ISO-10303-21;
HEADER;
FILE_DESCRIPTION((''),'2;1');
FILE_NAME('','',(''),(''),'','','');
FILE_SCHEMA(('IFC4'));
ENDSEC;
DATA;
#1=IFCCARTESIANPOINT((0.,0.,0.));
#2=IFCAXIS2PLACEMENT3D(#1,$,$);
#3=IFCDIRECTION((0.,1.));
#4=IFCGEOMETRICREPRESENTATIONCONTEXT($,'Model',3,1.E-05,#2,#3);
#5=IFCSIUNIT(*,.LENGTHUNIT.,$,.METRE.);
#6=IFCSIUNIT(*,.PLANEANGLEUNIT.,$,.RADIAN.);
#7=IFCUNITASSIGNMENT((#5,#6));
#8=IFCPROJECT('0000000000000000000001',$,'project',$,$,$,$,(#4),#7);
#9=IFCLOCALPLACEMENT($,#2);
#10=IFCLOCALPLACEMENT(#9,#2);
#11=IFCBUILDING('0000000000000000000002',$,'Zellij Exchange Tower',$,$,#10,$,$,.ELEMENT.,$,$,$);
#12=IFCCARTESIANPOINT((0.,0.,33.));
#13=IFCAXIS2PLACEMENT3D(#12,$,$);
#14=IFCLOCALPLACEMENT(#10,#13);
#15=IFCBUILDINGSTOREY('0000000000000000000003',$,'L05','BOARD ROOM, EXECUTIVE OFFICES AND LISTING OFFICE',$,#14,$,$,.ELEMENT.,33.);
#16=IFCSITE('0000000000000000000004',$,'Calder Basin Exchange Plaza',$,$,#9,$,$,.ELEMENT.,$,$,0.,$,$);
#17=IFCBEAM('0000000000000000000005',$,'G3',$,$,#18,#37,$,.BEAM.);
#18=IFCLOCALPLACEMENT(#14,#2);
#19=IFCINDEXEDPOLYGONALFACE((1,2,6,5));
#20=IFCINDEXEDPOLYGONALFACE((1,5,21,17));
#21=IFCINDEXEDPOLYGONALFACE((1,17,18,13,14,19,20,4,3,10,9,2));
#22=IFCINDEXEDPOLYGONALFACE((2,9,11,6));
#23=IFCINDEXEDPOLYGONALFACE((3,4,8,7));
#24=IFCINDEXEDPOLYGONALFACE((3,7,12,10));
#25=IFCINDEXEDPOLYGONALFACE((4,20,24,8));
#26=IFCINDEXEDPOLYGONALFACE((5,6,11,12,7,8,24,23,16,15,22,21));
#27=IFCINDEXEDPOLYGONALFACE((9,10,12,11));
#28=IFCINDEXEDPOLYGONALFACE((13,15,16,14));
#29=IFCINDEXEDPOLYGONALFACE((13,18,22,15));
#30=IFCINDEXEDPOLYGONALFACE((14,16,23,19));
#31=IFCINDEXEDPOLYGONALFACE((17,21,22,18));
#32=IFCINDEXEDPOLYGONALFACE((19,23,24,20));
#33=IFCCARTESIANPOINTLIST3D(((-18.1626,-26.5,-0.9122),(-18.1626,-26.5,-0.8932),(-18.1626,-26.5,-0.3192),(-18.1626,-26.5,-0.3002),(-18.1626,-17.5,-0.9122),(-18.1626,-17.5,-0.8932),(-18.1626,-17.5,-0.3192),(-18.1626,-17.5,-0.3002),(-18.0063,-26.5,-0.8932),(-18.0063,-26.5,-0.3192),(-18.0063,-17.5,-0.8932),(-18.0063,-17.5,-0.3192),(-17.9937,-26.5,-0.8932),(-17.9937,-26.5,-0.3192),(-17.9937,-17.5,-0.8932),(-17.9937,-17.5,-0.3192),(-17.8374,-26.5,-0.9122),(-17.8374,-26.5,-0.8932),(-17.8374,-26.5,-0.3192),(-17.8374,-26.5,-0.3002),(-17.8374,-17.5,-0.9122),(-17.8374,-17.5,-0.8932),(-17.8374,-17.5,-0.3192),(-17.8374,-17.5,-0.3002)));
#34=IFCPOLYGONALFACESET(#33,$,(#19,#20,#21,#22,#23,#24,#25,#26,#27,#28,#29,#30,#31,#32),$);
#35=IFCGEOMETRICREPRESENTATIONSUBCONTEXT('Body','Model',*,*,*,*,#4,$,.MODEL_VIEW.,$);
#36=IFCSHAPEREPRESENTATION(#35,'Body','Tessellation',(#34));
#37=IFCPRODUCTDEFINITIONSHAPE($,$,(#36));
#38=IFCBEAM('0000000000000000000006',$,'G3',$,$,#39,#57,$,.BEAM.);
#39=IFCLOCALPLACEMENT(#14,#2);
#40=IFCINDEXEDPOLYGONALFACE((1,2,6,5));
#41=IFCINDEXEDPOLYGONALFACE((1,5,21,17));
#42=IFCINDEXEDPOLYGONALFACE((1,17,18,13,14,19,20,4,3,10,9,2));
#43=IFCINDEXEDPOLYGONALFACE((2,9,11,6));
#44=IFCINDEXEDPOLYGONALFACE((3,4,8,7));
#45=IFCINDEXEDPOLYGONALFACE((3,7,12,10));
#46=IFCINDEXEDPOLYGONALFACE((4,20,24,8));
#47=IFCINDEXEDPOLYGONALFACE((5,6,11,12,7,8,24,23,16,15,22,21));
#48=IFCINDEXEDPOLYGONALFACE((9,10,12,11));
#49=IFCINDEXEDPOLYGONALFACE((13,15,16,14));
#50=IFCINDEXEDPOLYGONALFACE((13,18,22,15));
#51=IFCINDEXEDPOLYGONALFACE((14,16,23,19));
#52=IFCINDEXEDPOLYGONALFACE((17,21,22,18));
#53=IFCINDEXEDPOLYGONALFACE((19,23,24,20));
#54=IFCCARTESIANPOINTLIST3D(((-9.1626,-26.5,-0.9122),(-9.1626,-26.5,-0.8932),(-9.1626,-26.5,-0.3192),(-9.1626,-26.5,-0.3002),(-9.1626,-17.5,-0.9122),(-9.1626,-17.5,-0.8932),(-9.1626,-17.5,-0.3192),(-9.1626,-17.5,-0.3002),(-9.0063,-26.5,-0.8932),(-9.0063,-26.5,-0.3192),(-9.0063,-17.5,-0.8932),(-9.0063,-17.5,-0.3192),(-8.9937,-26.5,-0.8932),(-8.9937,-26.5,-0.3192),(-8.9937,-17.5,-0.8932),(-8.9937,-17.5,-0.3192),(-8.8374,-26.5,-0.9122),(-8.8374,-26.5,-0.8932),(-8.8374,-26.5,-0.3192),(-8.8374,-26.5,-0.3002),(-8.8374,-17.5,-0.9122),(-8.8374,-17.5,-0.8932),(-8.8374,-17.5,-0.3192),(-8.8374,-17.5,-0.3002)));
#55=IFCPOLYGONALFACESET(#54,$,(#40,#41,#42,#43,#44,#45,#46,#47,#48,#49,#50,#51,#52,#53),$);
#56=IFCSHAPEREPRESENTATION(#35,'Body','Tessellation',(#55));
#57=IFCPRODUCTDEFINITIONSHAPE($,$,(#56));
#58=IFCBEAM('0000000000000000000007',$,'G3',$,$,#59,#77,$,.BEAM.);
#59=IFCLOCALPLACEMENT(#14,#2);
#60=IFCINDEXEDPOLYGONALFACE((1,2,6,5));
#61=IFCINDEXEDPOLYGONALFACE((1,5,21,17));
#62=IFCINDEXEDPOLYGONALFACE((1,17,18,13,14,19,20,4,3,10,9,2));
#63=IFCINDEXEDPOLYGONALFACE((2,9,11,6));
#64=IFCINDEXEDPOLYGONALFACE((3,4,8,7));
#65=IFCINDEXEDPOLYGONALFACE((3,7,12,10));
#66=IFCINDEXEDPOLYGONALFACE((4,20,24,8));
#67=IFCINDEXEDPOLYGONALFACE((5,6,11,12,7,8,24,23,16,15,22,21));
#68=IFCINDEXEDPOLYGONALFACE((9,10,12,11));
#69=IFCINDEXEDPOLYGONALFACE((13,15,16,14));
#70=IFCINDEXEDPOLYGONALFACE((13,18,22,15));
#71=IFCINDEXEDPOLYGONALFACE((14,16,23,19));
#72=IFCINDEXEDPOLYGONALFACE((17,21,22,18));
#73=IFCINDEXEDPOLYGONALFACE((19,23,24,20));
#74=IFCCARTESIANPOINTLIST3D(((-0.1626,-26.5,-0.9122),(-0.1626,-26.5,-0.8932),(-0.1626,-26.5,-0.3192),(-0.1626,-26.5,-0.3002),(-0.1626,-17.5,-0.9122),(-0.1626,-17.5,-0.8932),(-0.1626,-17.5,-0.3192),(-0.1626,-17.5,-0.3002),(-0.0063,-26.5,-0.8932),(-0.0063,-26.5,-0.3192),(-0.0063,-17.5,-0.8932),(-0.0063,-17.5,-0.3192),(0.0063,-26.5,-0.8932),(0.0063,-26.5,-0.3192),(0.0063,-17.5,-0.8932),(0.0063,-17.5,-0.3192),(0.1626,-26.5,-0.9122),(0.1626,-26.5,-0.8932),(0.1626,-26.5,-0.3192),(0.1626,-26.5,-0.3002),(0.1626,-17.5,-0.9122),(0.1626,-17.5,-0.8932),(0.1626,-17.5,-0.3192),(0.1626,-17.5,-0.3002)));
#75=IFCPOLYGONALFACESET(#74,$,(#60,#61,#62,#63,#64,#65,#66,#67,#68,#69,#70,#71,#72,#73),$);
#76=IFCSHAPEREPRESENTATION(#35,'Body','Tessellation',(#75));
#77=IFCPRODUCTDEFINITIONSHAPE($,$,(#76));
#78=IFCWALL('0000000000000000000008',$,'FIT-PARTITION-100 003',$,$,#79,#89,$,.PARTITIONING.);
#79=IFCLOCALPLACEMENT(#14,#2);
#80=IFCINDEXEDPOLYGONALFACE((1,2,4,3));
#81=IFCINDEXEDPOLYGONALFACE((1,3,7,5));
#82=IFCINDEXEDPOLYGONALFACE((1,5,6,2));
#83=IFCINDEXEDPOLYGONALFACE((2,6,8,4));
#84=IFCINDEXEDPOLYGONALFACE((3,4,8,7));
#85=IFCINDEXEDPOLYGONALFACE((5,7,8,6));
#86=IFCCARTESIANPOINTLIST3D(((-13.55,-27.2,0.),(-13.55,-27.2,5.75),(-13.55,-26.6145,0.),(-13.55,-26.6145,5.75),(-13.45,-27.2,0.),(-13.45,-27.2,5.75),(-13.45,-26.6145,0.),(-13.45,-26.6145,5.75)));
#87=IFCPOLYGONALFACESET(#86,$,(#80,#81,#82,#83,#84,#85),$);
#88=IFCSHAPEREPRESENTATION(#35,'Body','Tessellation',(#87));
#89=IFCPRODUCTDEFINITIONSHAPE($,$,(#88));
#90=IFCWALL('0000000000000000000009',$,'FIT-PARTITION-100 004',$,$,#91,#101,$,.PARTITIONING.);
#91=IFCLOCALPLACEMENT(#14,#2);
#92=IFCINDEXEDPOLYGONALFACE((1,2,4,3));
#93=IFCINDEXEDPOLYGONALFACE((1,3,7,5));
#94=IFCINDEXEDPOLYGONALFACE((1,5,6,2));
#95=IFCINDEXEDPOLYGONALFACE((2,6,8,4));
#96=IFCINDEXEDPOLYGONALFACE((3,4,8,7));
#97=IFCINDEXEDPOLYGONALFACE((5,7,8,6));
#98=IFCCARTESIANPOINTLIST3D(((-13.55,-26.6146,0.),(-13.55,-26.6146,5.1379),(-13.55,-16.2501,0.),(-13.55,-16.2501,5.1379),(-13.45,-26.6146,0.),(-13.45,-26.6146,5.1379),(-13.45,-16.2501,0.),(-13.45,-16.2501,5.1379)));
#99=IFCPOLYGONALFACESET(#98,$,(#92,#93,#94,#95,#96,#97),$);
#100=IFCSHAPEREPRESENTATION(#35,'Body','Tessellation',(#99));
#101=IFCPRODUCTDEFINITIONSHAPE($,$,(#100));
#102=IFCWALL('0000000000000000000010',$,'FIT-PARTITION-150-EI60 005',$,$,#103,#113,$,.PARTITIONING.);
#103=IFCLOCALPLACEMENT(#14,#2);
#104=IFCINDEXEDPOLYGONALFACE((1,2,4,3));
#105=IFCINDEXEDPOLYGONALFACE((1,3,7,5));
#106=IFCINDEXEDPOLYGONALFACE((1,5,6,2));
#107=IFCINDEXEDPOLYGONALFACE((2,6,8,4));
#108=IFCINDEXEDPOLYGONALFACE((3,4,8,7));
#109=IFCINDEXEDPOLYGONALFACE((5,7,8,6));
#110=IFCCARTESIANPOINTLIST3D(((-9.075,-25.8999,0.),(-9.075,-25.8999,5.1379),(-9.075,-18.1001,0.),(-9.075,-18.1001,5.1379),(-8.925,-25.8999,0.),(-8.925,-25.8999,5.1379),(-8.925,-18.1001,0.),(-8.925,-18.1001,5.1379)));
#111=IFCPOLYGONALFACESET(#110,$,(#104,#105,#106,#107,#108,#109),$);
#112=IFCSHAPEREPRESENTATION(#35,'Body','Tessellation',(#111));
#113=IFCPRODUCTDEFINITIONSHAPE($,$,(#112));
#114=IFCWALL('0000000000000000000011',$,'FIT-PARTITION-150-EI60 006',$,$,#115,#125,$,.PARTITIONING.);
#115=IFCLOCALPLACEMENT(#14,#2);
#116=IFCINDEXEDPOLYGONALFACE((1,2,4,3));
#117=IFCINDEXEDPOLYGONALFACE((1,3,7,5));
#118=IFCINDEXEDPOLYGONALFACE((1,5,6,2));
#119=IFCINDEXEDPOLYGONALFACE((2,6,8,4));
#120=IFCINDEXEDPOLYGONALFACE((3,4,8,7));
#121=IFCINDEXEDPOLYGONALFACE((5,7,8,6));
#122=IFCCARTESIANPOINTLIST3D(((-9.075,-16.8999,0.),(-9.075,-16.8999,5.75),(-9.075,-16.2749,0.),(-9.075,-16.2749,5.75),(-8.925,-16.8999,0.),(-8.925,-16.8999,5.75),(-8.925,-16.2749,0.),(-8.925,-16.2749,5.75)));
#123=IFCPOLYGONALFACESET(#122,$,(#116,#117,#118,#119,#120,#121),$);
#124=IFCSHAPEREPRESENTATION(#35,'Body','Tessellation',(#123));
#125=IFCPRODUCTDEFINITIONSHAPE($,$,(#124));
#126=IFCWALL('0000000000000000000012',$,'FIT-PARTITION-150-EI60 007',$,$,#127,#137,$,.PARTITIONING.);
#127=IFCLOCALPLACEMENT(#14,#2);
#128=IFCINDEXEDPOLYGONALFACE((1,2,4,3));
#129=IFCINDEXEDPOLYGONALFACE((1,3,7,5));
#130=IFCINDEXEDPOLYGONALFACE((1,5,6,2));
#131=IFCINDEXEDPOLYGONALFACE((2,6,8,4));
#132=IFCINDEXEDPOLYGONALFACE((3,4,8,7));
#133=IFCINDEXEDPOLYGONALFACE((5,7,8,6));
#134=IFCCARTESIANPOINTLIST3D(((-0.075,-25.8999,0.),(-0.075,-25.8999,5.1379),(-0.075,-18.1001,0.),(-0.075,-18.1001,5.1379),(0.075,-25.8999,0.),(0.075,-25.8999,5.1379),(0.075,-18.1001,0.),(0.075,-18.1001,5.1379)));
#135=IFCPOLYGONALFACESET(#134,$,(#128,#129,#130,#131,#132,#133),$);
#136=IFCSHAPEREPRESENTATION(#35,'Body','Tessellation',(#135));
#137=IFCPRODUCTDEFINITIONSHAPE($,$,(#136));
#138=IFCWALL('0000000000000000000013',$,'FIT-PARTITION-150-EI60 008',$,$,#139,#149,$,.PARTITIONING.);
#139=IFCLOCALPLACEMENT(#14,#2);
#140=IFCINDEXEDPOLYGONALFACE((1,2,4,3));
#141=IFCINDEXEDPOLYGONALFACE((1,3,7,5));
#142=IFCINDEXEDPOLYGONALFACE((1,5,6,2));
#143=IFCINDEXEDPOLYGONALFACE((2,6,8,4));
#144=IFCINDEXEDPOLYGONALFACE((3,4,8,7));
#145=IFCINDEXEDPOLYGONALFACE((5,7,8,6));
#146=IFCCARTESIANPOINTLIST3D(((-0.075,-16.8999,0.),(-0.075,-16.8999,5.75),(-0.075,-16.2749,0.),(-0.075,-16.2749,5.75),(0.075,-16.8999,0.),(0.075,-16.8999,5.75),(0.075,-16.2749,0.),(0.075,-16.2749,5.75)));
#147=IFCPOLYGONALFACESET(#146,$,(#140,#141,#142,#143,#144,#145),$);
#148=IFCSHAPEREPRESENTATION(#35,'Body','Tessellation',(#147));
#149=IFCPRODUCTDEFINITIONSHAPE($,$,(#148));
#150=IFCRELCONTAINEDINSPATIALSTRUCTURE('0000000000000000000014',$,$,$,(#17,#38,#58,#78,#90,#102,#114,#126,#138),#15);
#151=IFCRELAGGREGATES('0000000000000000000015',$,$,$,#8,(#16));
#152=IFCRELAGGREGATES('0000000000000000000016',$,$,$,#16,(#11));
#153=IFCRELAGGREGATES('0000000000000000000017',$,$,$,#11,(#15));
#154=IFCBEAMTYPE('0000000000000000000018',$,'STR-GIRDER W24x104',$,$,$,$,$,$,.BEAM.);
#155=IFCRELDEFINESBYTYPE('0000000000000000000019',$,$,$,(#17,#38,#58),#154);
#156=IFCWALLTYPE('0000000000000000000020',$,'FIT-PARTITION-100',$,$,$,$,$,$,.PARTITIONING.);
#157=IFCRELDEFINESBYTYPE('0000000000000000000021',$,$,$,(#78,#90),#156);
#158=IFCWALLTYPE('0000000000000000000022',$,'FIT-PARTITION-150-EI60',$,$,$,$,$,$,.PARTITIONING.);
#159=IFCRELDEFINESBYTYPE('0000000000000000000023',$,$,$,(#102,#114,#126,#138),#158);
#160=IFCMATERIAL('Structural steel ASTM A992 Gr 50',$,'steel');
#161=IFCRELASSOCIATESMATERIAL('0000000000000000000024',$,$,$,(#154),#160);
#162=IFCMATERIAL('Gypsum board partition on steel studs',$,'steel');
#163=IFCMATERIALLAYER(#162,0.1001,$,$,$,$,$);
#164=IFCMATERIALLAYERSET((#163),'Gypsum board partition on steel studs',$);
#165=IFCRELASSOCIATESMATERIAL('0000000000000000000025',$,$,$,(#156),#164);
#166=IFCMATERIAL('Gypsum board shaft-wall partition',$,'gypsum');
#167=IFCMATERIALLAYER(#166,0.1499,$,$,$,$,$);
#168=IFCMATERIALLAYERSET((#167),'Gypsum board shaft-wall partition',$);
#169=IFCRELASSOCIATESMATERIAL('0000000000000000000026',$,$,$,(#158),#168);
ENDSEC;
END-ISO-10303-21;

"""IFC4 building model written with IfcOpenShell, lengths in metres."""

from ifc_helpers import new_model, si_unit, direction, frame, frame_2d, origin, origin_2d, place, context, subcontext, project, spatial, rectangle, i_section, extrude, material, layer, layer_set, material_profile, profile_set, type_object, element, save


model = new_model("IFC4")

# Units and contexts
model_context = context("Model", 3, precision=1e-05, world=origin(), true_north=direction((0.0, 1.0)))
body_context = subcontext(model_context, "Body", "Model", "MODEL_VIEW")
ifc_project = project(units=[si_unit("LENGTHUNIT", "METRE"), si_unit("PLANEANGLEUNIT", "RADIAN")], contexts=[model_context])

# Site, building, storey
site_placement = place(None, origin())
site = spatial("IfcSite", under=ifc_project, at=site_placement, Name="Calder Basin Exchange Plaza", CompositionType="ELEMENT", RefElevation=0.0)
building_placement = place(site_placement, origin())
building = spatial("IfcBuilding", under=site, at=building_placement, Name="Zellij Exchange Tower", CompositionType="ELEMENT")
storey_placement = place(building_placement, frame((0.0, 0.0, 33.0)))
storey = spatial("IfcBuildingStorey", under=building, at=storey_placement, Name="L05", Description="BOARD ROOM, EXECUTIVE OFFICES AND LISTING OFFICE", CompositionType="ELEMENT", Elevation=33.0)

# Beams
ifc_material_1 = material(Name="Structural steel ASTM A992 Gr 50", Category="steel")
ifc_material_profile_1 = material_profile(ifc_material_1, i_section(OverallWidth=0.3252, OverallDepth=0.6121, WebThickness=0.0127, FlangeThickness=0.019, at=origin_2d()), Name="W24x104")
ifc_profile_set_1 = profile_set([ifc_material_profile_1], Name="Structural steel ASTM A992 Gr 50")
beam_type_1 = type_object("IfcBeamType", Name="STR-GIRDER W24x104", PredefinedType="BEAM", material=ifc_profile_set_1)
for number, where, z_axis, x_axis, name in (
    (1, (-18.0, -26.5, -0.6062), (0.0, 1.0, 0.0), (-1.0, 0.0, 0.0), "G3"),
    (2, (-9.0, -26.5, -0.6062), (0.0, 1.0, 0.0), (-1.0, 0.0, 0.0), "G3"),
    (3, (0.0, -26.5, -0.6062), (0.0, 1.0, 0.0), (-1.0, 0.0, 0.0), "G3"),
):
    element("IfcBeam", number, at=place(storey_placement, frame(where, z_axis=z_axis, x_axis=x_axis)), inside=storey, type_object=beam_type_1, Name=name, PredefinedType="BEAM", context=body_context, shape_type="SweptSolid", body=[
        extrude(i_section(OverallWidth=0.3252, OverallDepth=0.6121, WebThickness=0.0127, FlangeThickness=0.019, at=origin_2d()), origin(), (0.0, 0.0, 1.0), 9.0),
    ])

# Walls
ifc_material_2 = material(Name="Gypsum board partition on steel studs", Category="steel")
ifc_layer_1 = layer(ifc_material_2, 0.1001)
ifc_layer_set_1 = layer_set([ifc_layer_1], Name="Gypsum board partition on steel studs")
wall_type_1 = type_object("IfcWallType", Name="FIT-PARTITION-100", PredefinedType="PARTITIONING", material=ifc_layer_set_1)
wall_1_placement = place(storey_placement, frame((-13.5, -27.2, 0.0), z_axis=(0.0, 0.0, 1.0), x_axis=(0.0, 1.0, 0.0)))
element("IfcWall", 4, at=wall_1_placement, inside=storey, type_object=wall_type_1, Name="FIT-PARTITION-100 003", PredefinedType="PARTITIONING", context=body_context, shape_type="SweptSolid", body=[
    extrude(rectangle(XDim=0.5854, YDim=0.1001, at=frame_2d((0.2927, 0.0))), origin(), (0.0, 0.0, 1.0), 5.75),
])
wall_2_placement = place(storey_placement, frame((-13.5, -26.6145, 0.0), z_axis=(0.0, 0.0, 1.0), x_axis=(0.0, 1.0, 0.0)))
element("IfcWall", 5, at=wall_2_placement, inside=storey, type_object=wall_type_1, Name="FIT-PARTITION-100 004", PredefinedType="PARTITIONING", context=body_context, shape_type="SweptSolid", body=[
    extrude(rectangle(XDim=10.3645, YDim=0.1001, at=frame_2d((5.1821, 0.0))), origin(), (0.0, 0.0, 1.0), 5.1379),
])
ifc_material_3 = material(Name="Gypsum board shaft-wall partition", Category="gypsum")
ifc_layer_2 = layer(ifc_material_3, 0.1499)
ifc_layer_set_2 = layer_set([ifc_layer_2], Name="Gypsum board shaft-wall partition")
wall_type_2 = type_object("IfcWallType", Name="FIT-PARTITION-150-EI60", PredefinedType="PARTITIONING", material=ifc_layer_set_2)
wall_3_placement = place(storey_placement, frame((-9.0, -25.8999, 0.0), z_axis=(0.0, 0.0, 1.0), x_axis=(0.0, 1.0, 0.0)))
element("IfcWall", 6, at=wall_3_placement, inside=storey, type_object=wall_type_2, Name="FIT-PARTITION-150-EI60 005", PredefinedType="PARTITIONING", context=body_context, shape_type="SweptSolid", body=[
    extrude(rectangle(XDim=7.7998, YDim=0.1499, at=frame_2d((3.8999, 0.0))), origin(), (0.0, 0.0, 1.0), 5.1379),
])
wall_4_placement = place(storey_placement, frame((-9.0, -16.8999, 0.0), z_axis=(0.0, 0.0, 1.0), x_axis=(0.0, 1.0, 0.0)))
element("IfcWall", 7, at=wall_4_placement, inside=storey, type_object=wall_type_2, Name="FIT-PARTITION-150-EI60 006", PredefinedType="PARTITIONING", context=body_context, shape_type="SweptSolid", body=[
    extrude(rectangle(XDim=0.625, YDim=0.1499, at=frame_2d((0.3125, 0.0))), origin(), (0.0, 0.0, 1.0), 5.75),
])
wall_5_placement = place(storey_placement, frame((0.0, -25.8999, 0.0), z_axis=(0.0, 0.0, 1.0), x_axis=(0.0, 1.0, 0.0)))
element("IfcWall", 8, at=wall_5_placement, inside=storey, type_object=wall_type_2, Name="FIT-PARTITION-150-EI60 007", PredefinedType="PARTITIONING", context=body_context, shape_type="SweptSolid", body=[
    extrude(rectangle(XDim=7.7998, YDim=0.1499, at=frame_2d((3.8999, 0.0))), origin(), (0.0, 0.0, 1.0), 5.1379),
])
wall_6_placement = place(storey_placement, frame((0.0, -16.8999, 0.0), z_axis=(0.0, 0.0, 1.0), x_axis=(0.0, 1.0, 0.0)))
element("IfcWall", 9, at=wall_6_placement, inside=storey, type_object=wall_type_2, Name="FIT-PARTITION-150-EI60 008", PredefinedType="PARTITIONING", context=body_context, shape_type="SweptSolid", body=[
    extrude(rectangle(XDim=0.625, YDim=0.1499, at=frame_2d((0.3125, 0.0))), origin(), (0.0, 0.0, 1.0), 5.75),
])

save(model, "model.ifc")
